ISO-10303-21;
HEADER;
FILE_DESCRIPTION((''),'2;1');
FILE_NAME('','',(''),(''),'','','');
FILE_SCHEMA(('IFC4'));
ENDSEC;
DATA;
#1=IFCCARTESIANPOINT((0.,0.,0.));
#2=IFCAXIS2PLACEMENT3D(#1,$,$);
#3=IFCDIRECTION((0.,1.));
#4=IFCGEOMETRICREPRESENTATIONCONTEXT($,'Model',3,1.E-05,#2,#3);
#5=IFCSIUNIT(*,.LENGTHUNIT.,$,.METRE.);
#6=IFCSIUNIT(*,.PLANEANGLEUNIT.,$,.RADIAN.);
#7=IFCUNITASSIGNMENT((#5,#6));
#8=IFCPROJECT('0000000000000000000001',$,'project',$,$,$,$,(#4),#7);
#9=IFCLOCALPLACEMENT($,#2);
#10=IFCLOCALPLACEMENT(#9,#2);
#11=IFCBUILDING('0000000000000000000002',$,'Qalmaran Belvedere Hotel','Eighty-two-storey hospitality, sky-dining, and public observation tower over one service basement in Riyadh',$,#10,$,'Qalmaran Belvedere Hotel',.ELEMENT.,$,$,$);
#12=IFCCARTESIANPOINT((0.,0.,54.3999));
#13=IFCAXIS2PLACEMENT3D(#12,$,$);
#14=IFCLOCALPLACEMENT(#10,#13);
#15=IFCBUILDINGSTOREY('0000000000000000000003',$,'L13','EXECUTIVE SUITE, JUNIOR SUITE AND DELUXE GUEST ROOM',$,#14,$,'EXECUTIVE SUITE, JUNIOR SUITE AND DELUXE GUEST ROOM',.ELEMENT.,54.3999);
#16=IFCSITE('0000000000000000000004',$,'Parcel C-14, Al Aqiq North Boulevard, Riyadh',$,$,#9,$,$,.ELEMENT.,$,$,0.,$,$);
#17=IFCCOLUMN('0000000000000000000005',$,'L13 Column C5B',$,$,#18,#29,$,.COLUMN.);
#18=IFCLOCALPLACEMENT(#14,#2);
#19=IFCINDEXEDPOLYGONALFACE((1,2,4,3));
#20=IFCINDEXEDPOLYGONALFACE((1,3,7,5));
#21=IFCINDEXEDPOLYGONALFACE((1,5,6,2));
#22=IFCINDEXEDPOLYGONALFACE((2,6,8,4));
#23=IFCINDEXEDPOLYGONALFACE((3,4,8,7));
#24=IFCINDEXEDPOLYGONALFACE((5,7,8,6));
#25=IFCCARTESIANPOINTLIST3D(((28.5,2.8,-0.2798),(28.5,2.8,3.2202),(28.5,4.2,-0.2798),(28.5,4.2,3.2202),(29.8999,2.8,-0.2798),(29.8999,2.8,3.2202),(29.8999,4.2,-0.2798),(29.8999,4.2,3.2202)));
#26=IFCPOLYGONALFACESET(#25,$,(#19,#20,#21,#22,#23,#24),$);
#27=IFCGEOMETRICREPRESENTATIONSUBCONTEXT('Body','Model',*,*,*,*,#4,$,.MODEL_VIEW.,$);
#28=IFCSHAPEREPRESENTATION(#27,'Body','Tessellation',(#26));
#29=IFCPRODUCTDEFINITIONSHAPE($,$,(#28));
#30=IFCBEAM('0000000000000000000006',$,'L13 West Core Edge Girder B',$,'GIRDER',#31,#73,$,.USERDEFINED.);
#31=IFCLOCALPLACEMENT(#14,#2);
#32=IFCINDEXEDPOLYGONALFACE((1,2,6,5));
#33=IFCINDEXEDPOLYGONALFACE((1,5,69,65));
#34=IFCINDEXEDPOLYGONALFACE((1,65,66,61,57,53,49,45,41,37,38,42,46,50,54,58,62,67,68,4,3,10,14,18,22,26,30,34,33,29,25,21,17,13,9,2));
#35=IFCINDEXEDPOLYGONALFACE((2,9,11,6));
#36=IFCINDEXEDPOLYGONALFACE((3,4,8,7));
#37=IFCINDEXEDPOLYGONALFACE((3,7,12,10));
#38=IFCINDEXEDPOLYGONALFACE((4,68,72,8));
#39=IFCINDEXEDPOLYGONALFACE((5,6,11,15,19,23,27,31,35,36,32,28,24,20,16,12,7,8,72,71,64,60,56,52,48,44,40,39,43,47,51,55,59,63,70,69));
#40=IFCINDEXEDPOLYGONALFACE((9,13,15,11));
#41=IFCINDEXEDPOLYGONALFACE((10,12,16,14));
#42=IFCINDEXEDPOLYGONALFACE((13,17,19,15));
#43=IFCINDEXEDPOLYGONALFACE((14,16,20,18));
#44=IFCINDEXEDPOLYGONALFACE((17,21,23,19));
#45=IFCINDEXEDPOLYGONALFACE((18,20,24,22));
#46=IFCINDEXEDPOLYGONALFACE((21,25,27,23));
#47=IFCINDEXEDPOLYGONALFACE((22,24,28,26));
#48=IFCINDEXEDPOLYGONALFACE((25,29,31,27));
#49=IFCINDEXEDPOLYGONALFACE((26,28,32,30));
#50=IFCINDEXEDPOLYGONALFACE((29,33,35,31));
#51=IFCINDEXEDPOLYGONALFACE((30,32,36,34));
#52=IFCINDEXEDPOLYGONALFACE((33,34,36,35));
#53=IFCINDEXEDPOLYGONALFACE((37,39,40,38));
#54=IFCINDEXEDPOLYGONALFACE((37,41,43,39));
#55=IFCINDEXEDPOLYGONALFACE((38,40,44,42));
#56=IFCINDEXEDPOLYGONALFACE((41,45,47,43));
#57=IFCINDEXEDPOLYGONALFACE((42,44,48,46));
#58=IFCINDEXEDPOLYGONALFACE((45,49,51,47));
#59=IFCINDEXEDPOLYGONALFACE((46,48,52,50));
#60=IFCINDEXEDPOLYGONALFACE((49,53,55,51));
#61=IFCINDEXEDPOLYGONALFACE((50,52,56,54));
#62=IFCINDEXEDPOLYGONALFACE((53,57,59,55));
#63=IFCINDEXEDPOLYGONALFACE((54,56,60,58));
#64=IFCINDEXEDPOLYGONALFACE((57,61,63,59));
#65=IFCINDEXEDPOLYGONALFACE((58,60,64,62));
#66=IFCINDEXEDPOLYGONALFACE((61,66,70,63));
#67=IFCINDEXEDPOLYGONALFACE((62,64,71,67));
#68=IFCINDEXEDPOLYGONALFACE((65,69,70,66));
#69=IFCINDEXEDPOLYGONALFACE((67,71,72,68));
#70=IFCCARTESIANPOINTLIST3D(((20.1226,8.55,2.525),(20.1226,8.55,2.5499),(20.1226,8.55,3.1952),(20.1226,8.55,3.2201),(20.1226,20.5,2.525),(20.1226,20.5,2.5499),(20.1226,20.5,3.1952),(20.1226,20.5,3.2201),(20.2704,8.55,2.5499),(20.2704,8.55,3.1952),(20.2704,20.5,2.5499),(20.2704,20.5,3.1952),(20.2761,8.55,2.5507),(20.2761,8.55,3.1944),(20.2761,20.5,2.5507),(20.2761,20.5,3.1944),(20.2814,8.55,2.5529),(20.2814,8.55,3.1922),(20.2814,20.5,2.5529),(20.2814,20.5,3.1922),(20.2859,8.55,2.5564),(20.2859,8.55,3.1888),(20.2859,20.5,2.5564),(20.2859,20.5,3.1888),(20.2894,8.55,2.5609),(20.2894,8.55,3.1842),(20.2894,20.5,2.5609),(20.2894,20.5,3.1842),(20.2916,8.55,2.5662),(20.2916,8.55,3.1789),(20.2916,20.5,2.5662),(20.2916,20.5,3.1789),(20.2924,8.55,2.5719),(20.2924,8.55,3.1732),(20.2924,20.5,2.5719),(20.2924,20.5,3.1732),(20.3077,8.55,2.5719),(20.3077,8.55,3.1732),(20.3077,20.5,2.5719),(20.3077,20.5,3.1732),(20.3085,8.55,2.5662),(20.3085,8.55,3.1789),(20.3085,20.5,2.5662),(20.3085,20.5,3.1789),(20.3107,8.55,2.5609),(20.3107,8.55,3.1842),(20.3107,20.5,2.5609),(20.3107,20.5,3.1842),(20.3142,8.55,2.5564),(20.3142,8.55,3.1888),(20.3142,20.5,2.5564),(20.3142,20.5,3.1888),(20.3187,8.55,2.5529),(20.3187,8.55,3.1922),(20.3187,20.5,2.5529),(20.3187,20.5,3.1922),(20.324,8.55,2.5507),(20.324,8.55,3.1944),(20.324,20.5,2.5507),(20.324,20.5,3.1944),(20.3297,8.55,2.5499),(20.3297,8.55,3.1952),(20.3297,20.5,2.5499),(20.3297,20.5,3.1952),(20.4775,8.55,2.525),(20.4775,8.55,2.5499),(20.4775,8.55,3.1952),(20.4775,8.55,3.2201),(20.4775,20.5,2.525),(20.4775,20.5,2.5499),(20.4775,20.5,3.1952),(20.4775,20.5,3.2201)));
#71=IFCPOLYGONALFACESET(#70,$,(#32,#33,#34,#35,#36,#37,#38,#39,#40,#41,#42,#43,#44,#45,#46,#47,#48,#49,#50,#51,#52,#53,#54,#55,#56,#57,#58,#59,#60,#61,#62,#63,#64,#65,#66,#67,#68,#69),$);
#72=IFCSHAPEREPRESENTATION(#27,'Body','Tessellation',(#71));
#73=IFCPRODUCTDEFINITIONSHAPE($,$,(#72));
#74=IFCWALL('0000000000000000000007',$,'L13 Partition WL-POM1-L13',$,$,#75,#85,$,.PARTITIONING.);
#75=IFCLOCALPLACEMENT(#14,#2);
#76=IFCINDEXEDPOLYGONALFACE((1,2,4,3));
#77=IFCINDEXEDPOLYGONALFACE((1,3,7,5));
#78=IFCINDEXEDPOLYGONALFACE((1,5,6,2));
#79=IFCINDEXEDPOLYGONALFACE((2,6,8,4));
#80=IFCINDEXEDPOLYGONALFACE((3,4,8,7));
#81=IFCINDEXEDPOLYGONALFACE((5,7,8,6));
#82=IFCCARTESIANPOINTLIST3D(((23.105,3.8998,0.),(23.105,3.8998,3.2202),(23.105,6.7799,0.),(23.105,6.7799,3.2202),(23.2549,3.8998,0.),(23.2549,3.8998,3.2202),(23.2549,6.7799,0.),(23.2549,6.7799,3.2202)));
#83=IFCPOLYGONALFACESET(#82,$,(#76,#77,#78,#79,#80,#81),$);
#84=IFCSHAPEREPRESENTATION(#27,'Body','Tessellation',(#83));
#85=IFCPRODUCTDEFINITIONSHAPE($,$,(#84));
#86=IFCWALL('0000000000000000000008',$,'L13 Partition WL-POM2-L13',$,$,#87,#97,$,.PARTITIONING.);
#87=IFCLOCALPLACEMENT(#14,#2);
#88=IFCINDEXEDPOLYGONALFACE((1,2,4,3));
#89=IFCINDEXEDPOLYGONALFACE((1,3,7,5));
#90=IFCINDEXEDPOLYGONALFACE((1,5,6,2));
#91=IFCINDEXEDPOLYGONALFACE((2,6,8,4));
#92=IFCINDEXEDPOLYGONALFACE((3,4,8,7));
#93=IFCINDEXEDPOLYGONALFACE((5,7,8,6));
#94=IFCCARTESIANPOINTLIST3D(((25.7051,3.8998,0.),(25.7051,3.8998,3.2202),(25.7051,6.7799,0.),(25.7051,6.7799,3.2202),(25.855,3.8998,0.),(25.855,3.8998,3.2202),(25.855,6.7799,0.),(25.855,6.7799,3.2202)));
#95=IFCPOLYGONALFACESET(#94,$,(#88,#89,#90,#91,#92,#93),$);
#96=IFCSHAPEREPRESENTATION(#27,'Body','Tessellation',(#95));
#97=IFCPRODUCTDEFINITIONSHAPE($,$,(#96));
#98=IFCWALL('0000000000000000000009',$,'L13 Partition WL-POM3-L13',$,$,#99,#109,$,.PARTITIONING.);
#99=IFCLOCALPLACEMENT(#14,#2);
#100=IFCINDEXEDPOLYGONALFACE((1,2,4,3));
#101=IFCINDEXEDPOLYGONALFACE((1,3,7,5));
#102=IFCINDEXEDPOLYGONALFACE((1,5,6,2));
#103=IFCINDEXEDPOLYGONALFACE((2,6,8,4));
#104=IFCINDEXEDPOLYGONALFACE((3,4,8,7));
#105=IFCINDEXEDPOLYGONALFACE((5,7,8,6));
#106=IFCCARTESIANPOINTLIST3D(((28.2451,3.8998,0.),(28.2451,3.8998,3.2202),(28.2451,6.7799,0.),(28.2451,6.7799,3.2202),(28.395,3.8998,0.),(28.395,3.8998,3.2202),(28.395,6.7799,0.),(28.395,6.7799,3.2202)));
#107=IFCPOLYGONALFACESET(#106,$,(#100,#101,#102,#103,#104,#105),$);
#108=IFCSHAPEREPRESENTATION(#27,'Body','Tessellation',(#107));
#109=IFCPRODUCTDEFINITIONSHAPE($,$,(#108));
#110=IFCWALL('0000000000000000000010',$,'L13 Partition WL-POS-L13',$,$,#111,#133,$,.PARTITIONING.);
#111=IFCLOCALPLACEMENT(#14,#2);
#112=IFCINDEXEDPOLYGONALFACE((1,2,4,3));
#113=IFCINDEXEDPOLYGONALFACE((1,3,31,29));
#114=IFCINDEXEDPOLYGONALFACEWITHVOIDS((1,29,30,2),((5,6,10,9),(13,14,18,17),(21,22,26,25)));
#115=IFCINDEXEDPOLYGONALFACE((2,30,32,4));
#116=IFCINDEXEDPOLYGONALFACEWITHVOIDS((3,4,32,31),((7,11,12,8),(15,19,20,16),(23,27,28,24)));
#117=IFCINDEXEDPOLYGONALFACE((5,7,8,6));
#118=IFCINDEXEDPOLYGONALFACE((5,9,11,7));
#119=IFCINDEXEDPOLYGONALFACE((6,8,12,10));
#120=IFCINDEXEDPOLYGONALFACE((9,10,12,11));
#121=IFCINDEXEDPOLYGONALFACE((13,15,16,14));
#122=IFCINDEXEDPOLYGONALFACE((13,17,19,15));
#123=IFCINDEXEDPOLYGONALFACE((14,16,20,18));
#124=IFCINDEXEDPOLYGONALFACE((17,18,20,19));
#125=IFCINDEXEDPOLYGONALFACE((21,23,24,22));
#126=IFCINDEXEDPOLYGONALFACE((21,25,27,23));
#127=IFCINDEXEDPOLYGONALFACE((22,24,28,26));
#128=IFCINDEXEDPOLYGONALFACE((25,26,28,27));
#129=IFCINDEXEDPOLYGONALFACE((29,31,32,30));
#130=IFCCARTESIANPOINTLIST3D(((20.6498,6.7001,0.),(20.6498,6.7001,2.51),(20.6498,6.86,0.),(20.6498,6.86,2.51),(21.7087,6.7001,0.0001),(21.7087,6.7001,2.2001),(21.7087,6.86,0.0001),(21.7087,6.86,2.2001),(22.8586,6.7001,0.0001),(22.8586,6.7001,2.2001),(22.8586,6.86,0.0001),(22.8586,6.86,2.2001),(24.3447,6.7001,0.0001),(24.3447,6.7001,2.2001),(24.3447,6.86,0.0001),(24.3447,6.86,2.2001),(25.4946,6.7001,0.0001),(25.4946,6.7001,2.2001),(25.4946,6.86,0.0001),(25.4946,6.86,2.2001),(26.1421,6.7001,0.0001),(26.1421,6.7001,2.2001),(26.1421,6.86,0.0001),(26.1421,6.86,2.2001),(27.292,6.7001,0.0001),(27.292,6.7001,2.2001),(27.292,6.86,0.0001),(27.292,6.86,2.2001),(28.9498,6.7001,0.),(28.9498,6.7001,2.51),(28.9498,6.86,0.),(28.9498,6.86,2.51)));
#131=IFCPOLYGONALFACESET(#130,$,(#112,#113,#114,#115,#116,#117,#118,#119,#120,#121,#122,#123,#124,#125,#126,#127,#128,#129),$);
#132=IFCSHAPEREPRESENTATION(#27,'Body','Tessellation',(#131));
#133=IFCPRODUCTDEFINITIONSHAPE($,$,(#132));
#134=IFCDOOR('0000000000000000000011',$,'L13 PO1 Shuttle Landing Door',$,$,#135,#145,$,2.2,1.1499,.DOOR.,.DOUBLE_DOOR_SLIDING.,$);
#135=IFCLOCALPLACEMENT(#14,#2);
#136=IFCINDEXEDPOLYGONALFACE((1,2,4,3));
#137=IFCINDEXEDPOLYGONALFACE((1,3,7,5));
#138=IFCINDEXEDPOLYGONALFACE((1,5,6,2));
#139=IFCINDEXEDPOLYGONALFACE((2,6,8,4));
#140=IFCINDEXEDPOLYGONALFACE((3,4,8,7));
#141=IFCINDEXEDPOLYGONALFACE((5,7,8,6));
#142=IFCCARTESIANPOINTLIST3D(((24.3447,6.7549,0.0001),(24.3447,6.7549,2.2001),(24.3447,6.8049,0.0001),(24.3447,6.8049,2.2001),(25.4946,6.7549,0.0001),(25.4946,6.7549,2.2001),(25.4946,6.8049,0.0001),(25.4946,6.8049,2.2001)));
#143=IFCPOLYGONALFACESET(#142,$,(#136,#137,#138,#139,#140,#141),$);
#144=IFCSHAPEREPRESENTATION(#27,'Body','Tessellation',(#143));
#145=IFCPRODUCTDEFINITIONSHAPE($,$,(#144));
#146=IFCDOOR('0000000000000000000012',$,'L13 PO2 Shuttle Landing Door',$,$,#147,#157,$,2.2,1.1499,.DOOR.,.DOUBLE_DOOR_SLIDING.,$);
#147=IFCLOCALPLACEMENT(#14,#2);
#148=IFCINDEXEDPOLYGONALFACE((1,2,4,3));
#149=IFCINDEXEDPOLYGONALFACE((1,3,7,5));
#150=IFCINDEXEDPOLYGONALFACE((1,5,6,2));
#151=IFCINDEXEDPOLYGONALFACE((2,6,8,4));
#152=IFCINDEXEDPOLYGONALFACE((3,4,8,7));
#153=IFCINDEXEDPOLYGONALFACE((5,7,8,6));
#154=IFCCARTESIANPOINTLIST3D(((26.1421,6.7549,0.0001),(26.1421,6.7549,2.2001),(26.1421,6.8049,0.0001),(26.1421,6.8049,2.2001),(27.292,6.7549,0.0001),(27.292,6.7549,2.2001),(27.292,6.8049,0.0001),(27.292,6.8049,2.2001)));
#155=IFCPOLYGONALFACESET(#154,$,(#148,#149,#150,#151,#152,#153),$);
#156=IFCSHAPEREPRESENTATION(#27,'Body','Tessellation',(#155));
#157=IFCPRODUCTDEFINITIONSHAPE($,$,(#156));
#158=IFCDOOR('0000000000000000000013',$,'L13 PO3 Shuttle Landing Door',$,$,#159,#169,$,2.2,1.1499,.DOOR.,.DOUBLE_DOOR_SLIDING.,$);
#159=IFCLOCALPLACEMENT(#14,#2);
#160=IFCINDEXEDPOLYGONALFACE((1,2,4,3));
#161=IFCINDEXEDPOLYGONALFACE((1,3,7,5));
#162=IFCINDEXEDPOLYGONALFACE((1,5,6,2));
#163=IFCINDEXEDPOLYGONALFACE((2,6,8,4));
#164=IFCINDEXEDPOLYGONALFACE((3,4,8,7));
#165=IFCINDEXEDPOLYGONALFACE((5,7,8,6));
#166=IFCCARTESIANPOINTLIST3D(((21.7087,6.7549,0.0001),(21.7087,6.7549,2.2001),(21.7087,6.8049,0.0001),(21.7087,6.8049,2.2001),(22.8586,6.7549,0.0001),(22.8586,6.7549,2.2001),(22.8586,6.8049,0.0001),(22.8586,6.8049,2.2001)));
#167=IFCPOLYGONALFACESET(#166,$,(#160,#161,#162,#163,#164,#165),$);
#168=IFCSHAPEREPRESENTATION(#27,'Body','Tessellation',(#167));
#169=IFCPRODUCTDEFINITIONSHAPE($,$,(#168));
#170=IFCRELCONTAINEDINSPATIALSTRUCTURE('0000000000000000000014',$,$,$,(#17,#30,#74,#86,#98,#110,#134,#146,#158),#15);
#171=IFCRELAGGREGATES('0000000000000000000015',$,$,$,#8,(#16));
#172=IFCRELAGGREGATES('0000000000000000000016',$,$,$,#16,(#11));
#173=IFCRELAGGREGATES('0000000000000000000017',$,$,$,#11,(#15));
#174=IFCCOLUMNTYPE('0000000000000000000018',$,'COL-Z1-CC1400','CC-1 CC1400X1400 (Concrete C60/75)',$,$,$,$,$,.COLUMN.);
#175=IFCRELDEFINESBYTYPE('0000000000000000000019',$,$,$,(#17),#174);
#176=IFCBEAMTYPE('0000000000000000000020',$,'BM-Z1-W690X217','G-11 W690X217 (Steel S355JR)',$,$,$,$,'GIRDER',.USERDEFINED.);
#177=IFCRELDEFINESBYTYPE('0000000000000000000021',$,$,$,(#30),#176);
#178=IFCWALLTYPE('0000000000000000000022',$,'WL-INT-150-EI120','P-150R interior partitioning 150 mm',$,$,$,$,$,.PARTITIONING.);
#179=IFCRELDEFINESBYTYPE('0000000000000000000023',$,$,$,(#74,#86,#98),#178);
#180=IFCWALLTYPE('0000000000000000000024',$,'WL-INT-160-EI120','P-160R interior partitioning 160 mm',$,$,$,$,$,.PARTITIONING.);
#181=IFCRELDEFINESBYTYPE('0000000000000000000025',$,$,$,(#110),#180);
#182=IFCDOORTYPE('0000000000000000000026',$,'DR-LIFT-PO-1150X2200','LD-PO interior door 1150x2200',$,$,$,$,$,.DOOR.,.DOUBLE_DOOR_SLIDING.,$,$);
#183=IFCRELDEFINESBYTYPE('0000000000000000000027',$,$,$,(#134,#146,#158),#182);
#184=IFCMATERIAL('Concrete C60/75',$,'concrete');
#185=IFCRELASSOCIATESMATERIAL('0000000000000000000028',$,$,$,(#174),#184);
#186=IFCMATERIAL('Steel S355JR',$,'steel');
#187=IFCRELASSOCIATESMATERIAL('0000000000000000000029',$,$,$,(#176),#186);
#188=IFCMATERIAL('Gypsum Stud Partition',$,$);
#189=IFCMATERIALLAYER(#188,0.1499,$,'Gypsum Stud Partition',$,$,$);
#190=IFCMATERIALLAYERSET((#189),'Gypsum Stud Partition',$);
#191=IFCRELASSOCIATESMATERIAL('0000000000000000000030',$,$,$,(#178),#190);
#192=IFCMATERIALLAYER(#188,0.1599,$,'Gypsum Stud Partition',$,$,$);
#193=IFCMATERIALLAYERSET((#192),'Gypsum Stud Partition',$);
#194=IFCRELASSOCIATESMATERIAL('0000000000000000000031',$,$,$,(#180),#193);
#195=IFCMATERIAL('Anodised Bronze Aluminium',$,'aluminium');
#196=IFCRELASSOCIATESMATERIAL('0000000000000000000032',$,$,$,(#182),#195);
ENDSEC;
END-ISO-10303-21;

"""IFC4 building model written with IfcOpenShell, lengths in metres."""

from ifc_helpers import new_model, si_unit, direction, frame, frame_2d, origin, origin_2d, place, context, subcontext, project, spatial, rectangle, i_section, extrude, material, layer, layer_set, material_profile, profile_set, type_object, element, fill, save


model = new_model("IFC4")

# Units and contexts
model_context = context("Model", 3, precision=1e-05, world=origin(), true_north=direction((0.0, 1.0)))
body_context = subcontext(model_context, "Body", "Model", "MODEL_VIEW")
ifc_project = project(units=[si_unit("LENGTHUNIT", "METRE"), si_unit("PLANEANGLEUNIT", "RADIAN")], contexts=[model_context])

# Site, building, storey
site_placement = place(None, origin())
site = spatial("IfcSite", under=ifc_project, at=site_placement, Name="Parcel C-14, Al Aqiq North Boulevard, Riyadh", CompositionType="ELEMENT", RefElevation=0.0)
building_placement = place(site_placement, origin())
building = spatial("IfcBuilding", under=site, at=building_placement, Name="Qalmaran Belvedere Hotel", Description="Eighty-two-storey hospitality, sky-dining, and public observation tower over one service basement in Riyadh", LongName="Qalmaran Belvedere Hotel", CompositionType="ELEMENT")
storey_placement = place(building_placement, frame((0.0, 0.0, 54.3999)))
storey = spatial("IfcBuildingStorey", under=building, at=storey_placement, Name="L13", Description="EXECUTIVE SUITE, JUNIOR SUITE AND DELUXE GUEST ROOM", LongName="EXECUTIVE SUITE, JUNIOR SUITE AND DELUXE GUEST ROOM", CompositionType="ELEMENT", Elevation=54.3999)

# Column
ifc_material_1 = material(Name="Concrete C60/75", Category="concrete")
ifc_material_profile_1 = material_profile(ifc_material_1, rectangle(XDim=1.3999, YDim=1.3999, at=origin_2d()), Name="CC1400X1400")
ifc_profile_set_1 = profile_set([ifc_material_profile_1], Name="Concrete C60/75")
column_type = type_object("IfcColumnType", Name="COL-Z1-CC1400", Description="CC-1 CC1400X1400 (Concrete C60/75)", PredefinedType="COLUMN", material=ifc_profile_set_1)
column_placement = place(storey_placement, frame((29.2, 3.5, -0.2798), z_axis=(0.0, 0.0, 1.0), x_axis=(1.0, 0.0, 0.0)))
element("IfcColumn", 1, at=column_placement, inside=storey, type_object=column_type, Name="L13 Column C5B", PredefinedType="COLUMN", context=body_context, shape_type="SweptSolid", body=[
    extrude(rectangle(XDim=1.3999, YDim=1.3999, at=origin_2d()), origin(), (0.0, 0.0, 1.0), 3.5),
])

# Beam
ifc_material_2 = material(Name="Steel S355JR", Category="steel")
ifc_material_profile_2 = material_profile(ifc_material_2, i_section(OverallWidth=0.355, OverallDepth=0.6951, WebThickness=0.0154, FlangeThickness=0.0249, FilletRadius=0.022, at=origin_2d()), Name="W690X217")
ifc_profile_set_2 = profile_set([ifc_material_profile_2], Name="Steel S355JR")
beam_type = type_object("IfcBeamType", Name="BM-Z1-W690X217", Description="G-11 W690X217 (Steel S355JR)", ElementType="GIRDER", PredefinedType="USERDEFINED", material=ifc_profile_set_2)
beam_placement = place(storey_placement, frame((20.3, 8.55, 2.8726), z_axis=(0.0, 1.0, 0.0), x_axis=(-1.0, 0.0, 0.0)))
element("IfcBeam", 2, at=beam_placement, inside=storey, type_object=beam_type, Name="L13 West Core Edge Girder B", ObjectType="GIRDER", PredefinedType="USERDEFINED", context=body_context, shape_type="SweptSolid", body=[
    extrude(i_section(OverallWidth=0.355, OverallDepth=0.6951, WebThickness=0.0154, FlangeThickness=0.0249, FilletRadius=0.022, at=origin_2d()), origin(), (0.0, 0.0, 1.0), 11.95),
])

# Walls
ifc_material_3 = material(Name="Gypsum Stud Partition")
ifc_layer_1 = layer(ifc_material_3, 0.1499, Name="Gypsum Stud Partition")
ifc_layer_set_1 = layer_set([ifc_layer_1], Name="Gypsum Stud Partition")
wall_type_1 = type_object("IfcWallType", Name="WL-INT-150-EI120", Description="P-150R interior partitioning 150 mm", PredefinedType="PARTITIONING", material=ifc_layer_set_1)
for number, where, z_axis, x_axis, name in (
    (3, (23.1799, 3.8999, 0.0), (0.0, 0.0, 1.0), (0.0, 1.0, 0.0), "L13 Partition WL-POM1-L13"),
    (4, (25.78, 3.8999, 0.0), (0.0, 0.0, 1.0), (0.0, 1.0, 0.0), "L13 Partition WL-POM2-L13"),
    (5, (28.3201, 3.8999, 0.0), (0.0, 0.0, 1.0), (0.0, 1.0, 0.0), "L13 Partition WL-POM3-L13"),
):
    element("IfcWall", number, at=place(storey_placement, frame(where, z_axis=z_axis, x_axis=x_axis)), inside=storey, type_object=wall_type_1, Name=name, PredefinedType="PARTITIONING", context=body_context, shape_type="SweptSolid", body=[
        extrude(rectangle(XDim=2.8801, YDim=0.1499, at=frame_2d((1.4399, 0.0))), origin(), (0.0, 0.0, 1.0), 3.2202),
    ])

# Wall, openings, doors
ifc_layer_2 = layer(ifc_material_3, 0.1599, Name="Gypsum Stud Partition")
ifc_layer_set_2 = layer_set([ifc_layer_2], Name="Gypsum Stud Partition")
wall_type_2 = type_object("IfcWallType", Name="WL-INT-160-EI120", Description="P-160R interior partitioning 160 mm", PredefinedType="PARTITIONING", material=ifc_layer_set_2)
wall_1_placement = place(storey_placement, frame((20.6499, 6.78, 0.0), z_axis=(0.0, 0.0, 1.0), x_axis=(1.0, 0.0, 0.0)))
wall_1 = element("IfcWall", 6, at=wall_1_placement, inside=storey, type_object=wall_type_2, Name="L13 Partition WL-POS-L13", PredefinedType="PARTITIONING", context=body_context, shape_type="SweptSolid", body=[
    extrude(rectangle(XDim=8.3, YDim=0.1599, at=frame_2d((4.1499, 0.0))), origin(), (0.0, 0.0, 1.0), 2.51),
])
opening_1_placement = place(wall_1_placement, frame((3.6948, 0.0, 0.0)))
opening_1 = element("IfcOpeningElement", 7, at=opening_1_placement, cuts=wall_1, PredefinedType="OPENING", context=body_context, shape_type="SweptSolid", body=[
    extrude(rectangle(XDim=1.1499, YDim=2.2, at=frame_2d((0.575, 1.1001))), frame((0.0, 0.0898, 0.0), z_axis=(0.0, -1.0, 0.0), x_axis=(1.0, 0.0, 0.0)), (0.0, 0.0, 1.0), 0.1799),
])
opening_2_placement = place(wall_1_placement, frame((5.4922, 0.0, 0.0)))
opening_2 = element("IfcOpeningElement", 8, at=opening_2_placement, cuts=wall_1, PredefinedType="OPENING", context=body_context, shape_type="SweptSolid", body=[
    extrude(rectangle(XDim=1.1499, YDim=2.2, at=frame_2d((0.575, 1.1001))), frame((0.0, 0.0898, 0.0), z_axis=(0.0, -1.0, 0.0), x_axis=(1.0, 0.0, 0.0)), (0.0, 0.0, 1.0), 0.1799),
])
opening_3_placement = place(wall_1_placement, frame((1.0588, 0.0, 0.0)))
opening_3 = element("IfcOpeningElement", 9, at=opening_3_placement, cuts=wall_1, PredefinedType="OPENING", context=body_context, shape_type="SweptSolid", body=[
    extrude(rectangle(XDim=1.1499, YDim=2.2, at=frame_2d((0.575, 1.1001))), frame((0.0, 0.0898, 0.0), z_axis=(0.0, -1.0, 0.0), x_axis=(1.0, 0.0, 0.0)), (0.0, 0.0, 1.0), 0.1799),
])
ifc_material_4 = material(Name="Anodised Bronze Aluminium", Category="aluminium")
door_type_1 = type_object("IfcDoorType", Name="DR-LIFT-PO-1150X2200", Description="LD-PO interior door 1150x2200", OperationType="DOUBLE_DOOR_SLIDING", PredefinedType="DOOR", material=ifc_material_4)
door_1_placement = place(opening_1_placement, origin())
door_1 = element("IfcDoor", 10, at=door_1_placement, inside=storey, type_object=door_type_1, Name="L13 PO1 Shuttle Landing Door", OperationType="DOUBLE_DOOR_SLIDING", OverallHeight=2.2, OverallWidth=1.1499, PredefinedType="DOOR", context=body_context, shape_type="SweptSolid", body=[
    extrude(rectangle(XDim=1.1499, YDim=2.2, at=frame_2d((0.575, 1.1001))), frame((0.0, 0.0249, 0.0), z_axis=(0.0, -1.0, 0.0), x_axis=(1.0, 0.0, 0.0)), (0.0, 0.0, 1.0), 0.05),
])
fill(opening_1, door_1)
door_2_placement = place(opening_2_placement, origin())
door_2 = element("IfcDoor", 11, at=door_2_placement, inside=storey, type_object=door_type_1, Name="L13 PO2 Shuttle Landing Door", OperationType="DOUBLE_DOOR_SLIDING", OverallHeight=2.2, OverallWidth=1.1499, PredefinedType="DOOR", context=body_context, shape_type="SweptSolid", body=[
    extrude(rectangle(XDim=1.1499, YDim=2.2, at=frame_2d((0.575, 1.1001))), frame((0.0, 0.0249, 0.0), z_axis=(0.0, -1.0, 0.0), x_axis=(1.0, 0.0, 0.0)), (0.0, 0.0, 1.0), 0.05),
])
fill(opening_2, door_2)
door_3_placement = place(opening_3_placement, origin())
door_3 = element("IfcDoor", 12, at=door_3_placement, inside=storey, type_object=door_type_1, Name="L13 PO3 Shuttle Landing Door", OperationType="DOUBLE_DOOR_SLIDING", OverallHeight=2.2, OverallWidth=1.1499, PredefinedType="DOOR", context=body_context, shape_type="SweptSolid", body=[
    extrude(rectangle(XDim=1.1499, YDim=2.2, at=frame_2d((0.575, 1.1001))), frame((0.0, 0.0249, 0.0), z_axis=(0.0, -1.0, 0.0), x_axis=(1.0, 0.0, 0.0)), (0.0, 0.0, 1.0), 0.05),
])
fill(opening_3, door_3)

save(model, "model.ifc")
